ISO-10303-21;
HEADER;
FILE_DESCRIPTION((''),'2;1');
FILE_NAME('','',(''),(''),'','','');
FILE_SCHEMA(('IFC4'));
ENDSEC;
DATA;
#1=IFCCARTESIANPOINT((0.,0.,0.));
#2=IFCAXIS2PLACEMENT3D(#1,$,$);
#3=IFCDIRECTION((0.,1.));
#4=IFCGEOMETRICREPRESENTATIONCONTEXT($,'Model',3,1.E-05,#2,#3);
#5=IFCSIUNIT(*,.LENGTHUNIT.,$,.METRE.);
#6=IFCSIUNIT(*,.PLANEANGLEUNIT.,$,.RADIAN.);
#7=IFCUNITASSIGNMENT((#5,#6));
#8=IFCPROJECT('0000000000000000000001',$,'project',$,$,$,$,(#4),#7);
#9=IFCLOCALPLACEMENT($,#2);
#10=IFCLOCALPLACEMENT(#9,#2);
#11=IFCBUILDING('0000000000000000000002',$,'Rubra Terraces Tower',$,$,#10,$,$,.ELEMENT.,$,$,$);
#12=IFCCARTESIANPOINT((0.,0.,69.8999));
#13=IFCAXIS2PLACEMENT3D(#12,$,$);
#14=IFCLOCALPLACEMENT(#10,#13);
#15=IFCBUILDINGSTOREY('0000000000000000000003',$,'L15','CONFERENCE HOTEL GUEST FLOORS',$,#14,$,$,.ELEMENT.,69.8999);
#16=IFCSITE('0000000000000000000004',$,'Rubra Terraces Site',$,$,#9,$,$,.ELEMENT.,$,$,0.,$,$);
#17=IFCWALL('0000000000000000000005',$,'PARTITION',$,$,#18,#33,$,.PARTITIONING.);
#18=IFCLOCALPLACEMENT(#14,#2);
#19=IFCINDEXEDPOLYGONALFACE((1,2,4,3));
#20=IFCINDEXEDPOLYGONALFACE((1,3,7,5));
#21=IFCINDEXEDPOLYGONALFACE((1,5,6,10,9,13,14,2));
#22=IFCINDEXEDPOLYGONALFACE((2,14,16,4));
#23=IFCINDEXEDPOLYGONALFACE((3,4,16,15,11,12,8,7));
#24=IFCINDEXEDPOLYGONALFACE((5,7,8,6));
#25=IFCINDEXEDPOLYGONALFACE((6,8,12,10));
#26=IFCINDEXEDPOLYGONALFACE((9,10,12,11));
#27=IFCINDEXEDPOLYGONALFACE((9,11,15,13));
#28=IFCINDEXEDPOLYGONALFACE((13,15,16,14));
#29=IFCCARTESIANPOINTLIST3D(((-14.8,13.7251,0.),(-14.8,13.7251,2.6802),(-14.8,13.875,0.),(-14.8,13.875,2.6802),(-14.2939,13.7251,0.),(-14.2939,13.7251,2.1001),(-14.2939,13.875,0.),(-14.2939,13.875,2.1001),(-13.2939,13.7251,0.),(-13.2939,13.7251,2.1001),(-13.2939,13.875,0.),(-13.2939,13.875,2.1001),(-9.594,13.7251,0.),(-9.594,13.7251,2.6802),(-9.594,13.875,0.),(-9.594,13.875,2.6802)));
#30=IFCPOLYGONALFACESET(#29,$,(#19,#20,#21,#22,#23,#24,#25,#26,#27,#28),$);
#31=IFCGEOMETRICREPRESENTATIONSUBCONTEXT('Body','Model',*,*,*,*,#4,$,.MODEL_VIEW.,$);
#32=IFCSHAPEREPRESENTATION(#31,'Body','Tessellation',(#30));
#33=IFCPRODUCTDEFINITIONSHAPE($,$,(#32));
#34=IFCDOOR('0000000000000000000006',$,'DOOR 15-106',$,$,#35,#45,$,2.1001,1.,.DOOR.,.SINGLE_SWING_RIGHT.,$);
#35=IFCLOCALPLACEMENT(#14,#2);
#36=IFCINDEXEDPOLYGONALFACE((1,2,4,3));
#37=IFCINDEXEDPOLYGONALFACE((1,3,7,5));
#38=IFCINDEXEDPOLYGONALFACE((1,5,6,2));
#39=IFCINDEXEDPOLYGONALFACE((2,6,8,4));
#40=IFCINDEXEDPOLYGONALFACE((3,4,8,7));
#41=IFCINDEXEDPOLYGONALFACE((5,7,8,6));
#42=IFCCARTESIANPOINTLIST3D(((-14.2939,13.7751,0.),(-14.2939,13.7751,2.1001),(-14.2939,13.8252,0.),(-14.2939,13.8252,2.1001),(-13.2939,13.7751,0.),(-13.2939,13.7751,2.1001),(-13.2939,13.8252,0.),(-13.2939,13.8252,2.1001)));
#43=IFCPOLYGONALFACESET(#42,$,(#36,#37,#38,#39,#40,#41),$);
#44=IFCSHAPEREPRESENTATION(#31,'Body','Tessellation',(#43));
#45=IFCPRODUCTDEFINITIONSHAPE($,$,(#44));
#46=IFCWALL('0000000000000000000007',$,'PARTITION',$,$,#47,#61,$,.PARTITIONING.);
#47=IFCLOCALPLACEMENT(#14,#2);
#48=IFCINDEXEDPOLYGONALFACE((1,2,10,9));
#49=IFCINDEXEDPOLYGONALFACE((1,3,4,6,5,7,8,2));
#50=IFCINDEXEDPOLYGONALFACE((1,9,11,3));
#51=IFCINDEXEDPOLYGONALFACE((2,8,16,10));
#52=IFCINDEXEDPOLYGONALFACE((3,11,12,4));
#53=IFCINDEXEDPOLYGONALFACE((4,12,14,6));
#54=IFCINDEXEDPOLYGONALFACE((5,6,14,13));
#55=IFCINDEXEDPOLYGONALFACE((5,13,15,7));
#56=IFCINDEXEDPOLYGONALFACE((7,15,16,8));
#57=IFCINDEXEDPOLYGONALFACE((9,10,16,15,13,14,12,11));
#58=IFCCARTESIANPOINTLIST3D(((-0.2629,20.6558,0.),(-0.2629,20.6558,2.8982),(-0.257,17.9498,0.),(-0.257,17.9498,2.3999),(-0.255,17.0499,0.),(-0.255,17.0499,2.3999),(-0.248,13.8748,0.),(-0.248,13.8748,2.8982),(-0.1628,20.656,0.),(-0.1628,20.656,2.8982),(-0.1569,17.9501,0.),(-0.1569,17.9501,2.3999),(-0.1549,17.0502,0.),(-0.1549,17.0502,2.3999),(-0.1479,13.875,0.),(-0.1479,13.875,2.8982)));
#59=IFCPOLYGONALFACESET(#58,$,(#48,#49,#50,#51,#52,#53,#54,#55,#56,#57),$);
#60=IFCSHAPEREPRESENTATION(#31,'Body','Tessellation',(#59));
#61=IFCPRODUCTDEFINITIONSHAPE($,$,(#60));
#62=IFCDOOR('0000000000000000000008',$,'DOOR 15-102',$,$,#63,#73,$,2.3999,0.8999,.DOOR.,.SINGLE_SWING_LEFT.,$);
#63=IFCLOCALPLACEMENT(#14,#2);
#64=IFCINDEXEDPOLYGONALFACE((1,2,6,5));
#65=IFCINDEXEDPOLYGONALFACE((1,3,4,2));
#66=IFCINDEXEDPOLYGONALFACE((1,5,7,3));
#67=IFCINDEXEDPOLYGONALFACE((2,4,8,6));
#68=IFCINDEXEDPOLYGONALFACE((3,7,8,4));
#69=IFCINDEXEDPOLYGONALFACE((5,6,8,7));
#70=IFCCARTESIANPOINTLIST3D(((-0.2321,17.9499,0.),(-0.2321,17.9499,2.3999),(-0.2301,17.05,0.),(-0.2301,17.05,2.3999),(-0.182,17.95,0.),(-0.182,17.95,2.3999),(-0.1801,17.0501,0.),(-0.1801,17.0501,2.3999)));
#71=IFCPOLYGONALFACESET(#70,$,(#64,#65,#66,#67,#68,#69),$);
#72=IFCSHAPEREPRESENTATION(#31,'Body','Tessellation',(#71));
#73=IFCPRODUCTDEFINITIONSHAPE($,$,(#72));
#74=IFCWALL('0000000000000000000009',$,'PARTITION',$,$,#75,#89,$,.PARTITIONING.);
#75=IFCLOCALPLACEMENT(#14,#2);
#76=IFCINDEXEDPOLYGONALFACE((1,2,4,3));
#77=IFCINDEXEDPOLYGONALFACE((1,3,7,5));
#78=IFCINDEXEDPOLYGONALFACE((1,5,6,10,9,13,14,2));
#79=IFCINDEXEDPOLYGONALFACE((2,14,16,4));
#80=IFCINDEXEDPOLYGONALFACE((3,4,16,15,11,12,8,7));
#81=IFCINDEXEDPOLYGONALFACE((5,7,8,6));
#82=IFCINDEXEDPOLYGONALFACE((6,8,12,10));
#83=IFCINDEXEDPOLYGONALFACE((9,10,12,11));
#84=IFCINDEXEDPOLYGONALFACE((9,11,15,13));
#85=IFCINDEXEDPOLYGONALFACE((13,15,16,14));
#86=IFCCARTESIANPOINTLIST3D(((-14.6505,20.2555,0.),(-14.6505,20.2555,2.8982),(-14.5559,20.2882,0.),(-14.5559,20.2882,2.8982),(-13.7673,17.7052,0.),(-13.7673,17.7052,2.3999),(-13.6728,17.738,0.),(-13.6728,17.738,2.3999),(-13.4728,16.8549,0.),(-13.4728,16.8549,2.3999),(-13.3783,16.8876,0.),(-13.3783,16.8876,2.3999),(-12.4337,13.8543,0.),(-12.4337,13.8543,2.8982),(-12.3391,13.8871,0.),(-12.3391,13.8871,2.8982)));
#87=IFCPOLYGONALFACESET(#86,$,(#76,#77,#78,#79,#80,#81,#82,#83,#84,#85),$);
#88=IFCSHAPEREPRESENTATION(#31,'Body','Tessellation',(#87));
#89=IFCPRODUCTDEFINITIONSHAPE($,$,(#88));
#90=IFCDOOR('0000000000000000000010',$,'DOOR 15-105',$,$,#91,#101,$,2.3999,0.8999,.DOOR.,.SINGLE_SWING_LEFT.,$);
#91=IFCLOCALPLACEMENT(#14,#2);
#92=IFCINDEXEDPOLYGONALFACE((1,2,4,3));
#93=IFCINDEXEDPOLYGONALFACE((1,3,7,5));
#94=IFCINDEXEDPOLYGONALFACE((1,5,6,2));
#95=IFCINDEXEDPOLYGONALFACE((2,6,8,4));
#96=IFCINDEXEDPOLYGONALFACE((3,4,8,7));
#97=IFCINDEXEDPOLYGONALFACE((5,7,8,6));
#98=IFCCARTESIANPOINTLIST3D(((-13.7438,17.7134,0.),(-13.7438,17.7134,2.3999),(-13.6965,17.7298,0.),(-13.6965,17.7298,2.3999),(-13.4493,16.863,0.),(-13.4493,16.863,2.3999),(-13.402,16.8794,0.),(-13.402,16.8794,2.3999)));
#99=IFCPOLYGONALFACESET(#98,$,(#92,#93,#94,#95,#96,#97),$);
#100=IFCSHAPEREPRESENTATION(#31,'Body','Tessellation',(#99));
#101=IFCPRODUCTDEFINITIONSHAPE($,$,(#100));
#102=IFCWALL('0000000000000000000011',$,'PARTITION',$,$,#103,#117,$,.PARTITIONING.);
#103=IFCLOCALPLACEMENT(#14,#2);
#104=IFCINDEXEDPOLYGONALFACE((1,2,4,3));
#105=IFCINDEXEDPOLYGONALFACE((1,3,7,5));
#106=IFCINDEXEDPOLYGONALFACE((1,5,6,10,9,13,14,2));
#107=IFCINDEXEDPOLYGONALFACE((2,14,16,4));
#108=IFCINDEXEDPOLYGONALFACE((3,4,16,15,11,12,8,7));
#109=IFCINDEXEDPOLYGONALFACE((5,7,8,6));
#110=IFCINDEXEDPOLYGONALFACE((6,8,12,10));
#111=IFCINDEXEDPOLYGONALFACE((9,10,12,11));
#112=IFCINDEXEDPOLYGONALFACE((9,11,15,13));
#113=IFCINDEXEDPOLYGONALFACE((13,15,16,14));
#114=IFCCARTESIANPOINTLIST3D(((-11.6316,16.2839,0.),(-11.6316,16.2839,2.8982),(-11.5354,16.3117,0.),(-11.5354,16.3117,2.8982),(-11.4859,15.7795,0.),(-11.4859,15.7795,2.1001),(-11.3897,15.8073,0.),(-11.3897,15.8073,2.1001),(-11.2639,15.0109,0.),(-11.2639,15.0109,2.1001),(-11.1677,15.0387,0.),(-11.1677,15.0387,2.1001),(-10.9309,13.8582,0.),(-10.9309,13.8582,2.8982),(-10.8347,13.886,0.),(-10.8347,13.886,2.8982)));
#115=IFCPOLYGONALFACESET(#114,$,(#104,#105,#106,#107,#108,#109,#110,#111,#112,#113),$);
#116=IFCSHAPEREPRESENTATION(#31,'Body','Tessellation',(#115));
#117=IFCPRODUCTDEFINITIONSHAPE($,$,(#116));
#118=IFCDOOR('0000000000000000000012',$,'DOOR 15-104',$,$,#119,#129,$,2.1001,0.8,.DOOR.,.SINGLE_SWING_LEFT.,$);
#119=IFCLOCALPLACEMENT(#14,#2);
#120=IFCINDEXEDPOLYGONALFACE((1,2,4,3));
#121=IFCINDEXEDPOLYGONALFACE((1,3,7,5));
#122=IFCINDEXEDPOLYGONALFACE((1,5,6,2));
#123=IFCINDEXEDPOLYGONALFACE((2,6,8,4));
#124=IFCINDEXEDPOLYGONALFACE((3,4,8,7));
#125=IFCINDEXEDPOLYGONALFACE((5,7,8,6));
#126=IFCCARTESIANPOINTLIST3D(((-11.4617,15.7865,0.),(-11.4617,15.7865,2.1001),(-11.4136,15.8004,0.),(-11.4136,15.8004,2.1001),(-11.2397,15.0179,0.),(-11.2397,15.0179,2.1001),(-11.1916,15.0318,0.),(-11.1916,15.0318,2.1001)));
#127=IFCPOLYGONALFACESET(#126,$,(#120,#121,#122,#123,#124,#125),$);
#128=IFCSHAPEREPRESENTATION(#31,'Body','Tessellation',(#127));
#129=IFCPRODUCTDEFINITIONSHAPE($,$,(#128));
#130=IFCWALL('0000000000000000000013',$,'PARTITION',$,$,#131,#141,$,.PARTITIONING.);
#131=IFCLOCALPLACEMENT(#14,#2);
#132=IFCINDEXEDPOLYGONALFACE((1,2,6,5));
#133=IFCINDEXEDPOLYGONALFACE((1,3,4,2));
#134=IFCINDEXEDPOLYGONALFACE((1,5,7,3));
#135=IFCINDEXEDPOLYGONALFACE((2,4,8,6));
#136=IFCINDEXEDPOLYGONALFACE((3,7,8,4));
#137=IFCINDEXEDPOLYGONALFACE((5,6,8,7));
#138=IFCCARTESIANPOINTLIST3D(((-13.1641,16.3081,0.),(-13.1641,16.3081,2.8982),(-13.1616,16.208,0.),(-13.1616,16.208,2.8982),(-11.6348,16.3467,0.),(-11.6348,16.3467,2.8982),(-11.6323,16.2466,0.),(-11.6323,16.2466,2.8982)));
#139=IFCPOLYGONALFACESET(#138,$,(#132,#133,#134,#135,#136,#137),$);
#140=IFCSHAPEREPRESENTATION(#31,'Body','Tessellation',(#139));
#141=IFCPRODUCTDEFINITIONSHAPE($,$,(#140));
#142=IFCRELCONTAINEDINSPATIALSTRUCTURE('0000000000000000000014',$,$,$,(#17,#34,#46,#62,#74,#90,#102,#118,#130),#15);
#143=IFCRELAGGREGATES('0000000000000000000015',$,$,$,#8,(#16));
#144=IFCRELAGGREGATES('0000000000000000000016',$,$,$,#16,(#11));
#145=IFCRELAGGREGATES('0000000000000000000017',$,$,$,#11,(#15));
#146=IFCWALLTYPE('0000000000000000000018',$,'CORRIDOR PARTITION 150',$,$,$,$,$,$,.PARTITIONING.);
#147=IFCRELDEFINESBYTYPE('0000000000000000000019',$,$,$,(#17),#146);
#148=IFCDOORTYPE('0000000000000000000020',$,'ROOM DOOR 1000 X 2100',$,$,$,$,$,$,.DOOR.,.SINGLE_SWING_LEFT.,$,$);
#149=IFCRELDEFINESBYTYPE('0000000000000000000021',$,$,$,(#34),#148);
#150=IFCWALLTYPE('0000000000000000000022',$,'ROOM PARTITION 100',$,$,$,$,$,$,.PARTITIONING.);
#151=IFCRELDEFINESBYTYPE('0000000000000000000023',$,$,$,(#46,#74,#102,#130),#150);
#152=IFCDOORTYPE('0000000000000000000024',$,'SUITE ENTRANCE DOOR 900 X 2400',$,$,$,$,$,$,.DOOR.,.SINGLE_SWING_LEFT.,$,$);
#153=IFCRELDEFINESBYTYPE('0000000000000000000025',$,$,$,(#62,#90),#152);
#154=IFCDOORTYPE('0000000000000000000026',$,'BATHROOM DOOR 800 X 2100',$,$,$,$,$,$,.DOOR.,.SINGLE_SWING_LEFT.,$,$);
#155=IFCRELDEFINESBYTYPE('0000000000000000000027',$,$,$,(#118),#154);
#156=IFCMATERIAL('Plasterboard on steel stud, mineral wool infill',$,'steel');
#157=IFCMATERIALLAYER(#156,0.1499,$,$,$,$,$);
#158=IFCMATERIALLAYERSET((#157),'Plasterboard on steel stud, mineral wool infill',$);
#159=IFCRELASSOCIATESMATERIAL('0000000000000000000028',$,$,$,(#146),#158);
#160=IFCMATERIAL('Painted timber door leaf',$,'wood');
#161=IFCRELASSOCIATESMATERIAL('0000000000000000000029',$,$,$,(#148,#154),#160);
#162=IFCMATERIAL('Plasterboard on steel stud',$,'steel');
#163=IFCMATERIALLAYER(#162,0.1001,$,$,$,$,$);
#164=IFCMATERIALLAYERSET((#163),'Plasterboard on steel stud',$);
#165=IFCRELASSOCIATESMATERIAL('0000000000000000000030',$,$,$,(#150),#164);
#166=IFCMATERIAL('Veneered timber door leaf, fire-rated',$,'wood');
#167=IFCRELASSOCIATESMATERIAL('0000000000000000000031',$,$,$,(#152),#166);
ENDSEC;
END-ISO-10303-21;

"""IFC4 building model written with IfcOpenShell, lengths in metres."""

from ifc_helpers import new_model, si_unit, direction, frame, frame_2d, origin, place, context, subcontext, project, spatial, rectangle, extrude, material, layer, layer_set, type_object, element, fill, save


model = new_model("IFC4")

# Units and contexts
model_context = context("Model", 3, precision=1e-05, world=origin(), true_north=direction((0.0, 1.0)))
body_context = subcontext(model_context, "Body", "Model", "MODEL_VIEW")
ifc_project = project(units=[si_unit("LENGTHUNIT", "METRE"), si_unit("PLANEANGLEUNIT", "RADIAN")], contexts=[model_context])

# Site, building, storey
site_placement = place(None, origin())
site = spatial("IfcSite", under=ifc_project, at=site_placement, Name="Rubra Terraces Site", CompositionType="ELEMENT", RefElevation=0.0)
building_placement = place(site_placement, origin())
building = spatial("IfcBuilding", under=site, at=building_placement, Name="Rubra Terraces Tower", CompositionType="ELEMENT")
storey_placement = place(building_placement, frame((0.0, 0.0, 69.8999)))
storey = spatial("IfcBuildingStorey", under=building, at=storey_placement, Name="L15", Description="CONFERENCE HOTEL GUEST FLOORS", CompositionType="ELEMENT", Elevation=69.8999)

# Walls, openings, doors
ifc_material_1 = material(Name="Plasterboard on steel stud, mineral wool infill", Category="steel")
ifc_layer_1 = layer(ifc_material_1, 0.1499)
ifc_layer_set_1 = layer_set([ifc_layer_1], Name="Plasterboard on steel stud, mineral wool infill")
wall_type_1 = type_object("IfcWallType", Name="CORRIDOR PARTITION 150", PredefinedType="PARTITIONING", material=ifc_layer_set_1)
wall_1_placement = place(storey_placement, frame((-9.594, 13.8, 0.0), z_axis=(0.0, 0.0, 1.0), x_axis=(-1.0, 0.0, 0.0)))
wall_1 = element("IfcWall", 1, at=wall_1_placement, inside=storey, type_object=wall_type_1, Name="PARTITION", PredefinedType="PARTITIONING", context=body_context, shape_type="SweptSolid", body=[
    extrude(rectangle(XDim=5.2061, YDim=0.1499, at=frame_2d((2.603, 0.0))), origin(), (0.0, 0.0, 1.0), 2.6802),
])
opening_1_placement = place(wall_1_placement, frame((3.7, 0.0, 0.0)))
opening_1 = element("IfcOpeningElement", 2, at=opening_1_placement, cuts=wall_1, PredefinedType="OPENING", context=body_context, shape_type="SweptSolid", body=[
    extrude(rectangle(XDim=1.0, YDim=2.1001, at=frame_2d((0.5, 1.05))), frame((0.0, 0.085, 0.0), z_axis=(0.0, -1.0, 0.0), x_axis=(1.0, 0.0, 0.0)), (0.0, 0.0, 1.0), 0.1699),
])
ifc_material_2 = material(Name="Painted timber door leaf", Category="wood")
door_type_1 = type_object("IfcDoorType", Name="ROOM DOOR 1000 X 2100", OperationType="SINGLE_SWING_LEFT", PredefinedType="DOOR", material=ifc_material_2)
door_1_placement = place(opening_1_placement, origin())
door_1 = element("IfcDoor", 3, at=door_1_placement, inside=storey, type_object=door_type_1, Name="DOOR 15-106", OperationType="SINGLE_SWING_RIGHT", OverallHeight=2.1001, OverallWidth=1.0, PredefinedType="DOOR", context=body_context, shape_type="SweptSolid", body=[
    extrude(rectangle(XDim=1.0, YDim=2.1001, at=frame_2d((0.5, 1.05))), frame((0.0, 0.0249, 0.0), z_axis=(0.0, -1.0, 0.0), x_axis=(1.0, 0.0, 0.0)), (0.0, 0.0, 1.0), 0.05),
])
fill(opening_1, door_1)
ifc_material_3 = material(Name="Plasterboard on steel stud", Category="steel")
ifc_layer_2 = layer(ifc_material_3, 0.1001)
ifc_layer_set_2 = layer_set([ifc_layer_2], Name="Plasterboard on steel stud")
wall_type_2 = type_object("IfcWallType", Name="ROOM PARTITION 100", PredefinedType="PARTITIONING", material=ifc_layer_set_2)
wall_2_placement = place(storey_placement, frame((-0.2129, 20.656, 0.0), z_axis=(0.0, 0.0, 1.0), x_axis=(0.002196, -0.999998, 0.0)))
wall_2 = element("IfcWall", 4, at=wall_2_placement, inside=storey, type_object=wall_type_2, Name="PARTITION", PredefinedType="PARTITIONING", context=body_context, shape_type="SweptSolid", body=[
    extrude(rectangle(XDim=6.781, YDim=0.1001, at=frame_2d((3.3906, 0.0))), origin(), (0.0, 0.0, 1.0), 2.8982),
])
opening_2_placement = place(wall_2_placement, frame((2.7061, 0.0, 0.0)))
opening_2 = element("IfcOpeningElement", 5, at=opening_2_placement, cuts=wall_2, PredefinedType="OPENING", context=body_context, shape_type="SweptSolid", body=[
    extrude(rectangle(XDim=0.8999, YDim=2.3999, at=frame_2d((0.45, 1.2))), frame((0.0, 0.0601, 0.0), z_axis=(0.0, -1.0, 0.0), x_axis=(1.0, 0.0, 0.0)), (0.0, 0.0, 1.0), 0.1201),
])
ifc_material_4 = material(Name="Veneered timber door leaf, fire-rated", Category="wood")
door_type_2 = type_object("IfcDoorType", Name="SUITE ENTRANCE DOOR 900 X 2400", OperationType="SINGLE_SWING_LEFT", PredefinedType="DOOR", material=ifc_material_4)
door_2_placement = place(opening_2_placement, origin())
door_2 = element("IfcDoor", 6, at=door_2_placement, inside=storey, type_object=door_type_2, Name="DOOR 15-102", OperationType="SINGLE_SWING_LEFT", OverallHeight=2.3999, OverallWidth=0.8999, PredefinedType="DOOR", context=body_context, shape_type="SweptSolid", body=[
    extrude(rectangle(XDim=0.8999, YDim=2.3999, at=frame_2d((0.45, 1.2))), frame((0.0, 0.0249, 0.0), z_axis=(0.0, -1.0, 0.0), x_axis=(1.0, 0.0, 0.0)), (0.0, 0.0, 1.0), 0.05),
])
fill(opening_2, door_2)
wall_3_placement = place(storey_placement, frame((-14.6033, 20.272, 0.0), z_axis=(0.0, 0.0, 1.0), x_axis=(0.327245, -0.944939, 0.0)))
wall_3 = element("IfcWall", 7, at=wall_3_placement, inside=storey, type_object=wall_type_2, Name="PARTITION", PredefinedType="PARTITIONING", context=body_context, shape_type="SweptSolid", body=[
    extrude(rectangle(XDim=6.7742, YDim=0.1001, at=frame_2d((3.3872, 0.0))), origin(), (0.0, 0.0, 1.0), 2.8982),
])
opening_3_placement = place(wall_3_placement, frame((2.699, 0.0, 0.0)))
opening_3 = element("IfcOpeningElement", 8, at=opening_3_placement, cuts=wall_3, PredefinedType="OPENING", context=body_context, shape_type="SweptSolid", body=[
    extrude(rectangle(XDim=0.8999, YDim=2.3999, at=frame_2d((0.45, 1.2))), frame((0.0, 0.0601, 0.0), z_axis=(0.0, -1.0, 0.0), x_axis=(1.0, 0.0, 0.0)), (0.0, 0.0, 1.0), 0.1201),
])
door_3_placement = place(opening_3_placement, origin())
door_3 = element("IfcDoor", 9, at=door_3_placement, inside=storey, type_object=door_type_2, Name="DOOR 15-105", OperationType="SINGLE_SWING_LEFT", OverallHeight=2.3999, OverallWidth=0.8999, PredefinedType="DOOR", context=body_context, shape_type="SweptSolid", body=[
    extrude(rectangle(XDim=0.8999, YDim=2.3999, at=frame_2d((0.45, 1.2))), frame((0.0, 0.0249, 0.0), z_axis=(0.0, -1.0, 0.0), x_axis=(1.0, 0.0, 0.0)), (0.0, 0.0, 1.0), 0.05),
])
fill(opening_3, door_3)
wall_4_placement = place(storey_placement, frame((-10.8828, 13.8721, 0.0), z_axis=(0.0, 0.0, 1.0), x_axis=(-0.277504, 0.960724, 0.0)))
wall_4 = element("IfcWall", 10, at=wall_4_placement, inside=storey, type_object=wall_type_2, Name="PARTITION", PredefinedType="PARTITIONING", context=body_context, shape_type="SweptSolid", body=[
    extrude(rectangle(XDim=2.5249, YDim=0.1001, at=frame_2d((1.2625, 0.0))), origin(), (0.0, 0.0, 1.0), 2.8982),
])
opening_4_placement = place(wall_4_placement, frame((1.2, 0.0, 0.0)))
opening_4 = element("IfcOpeningElement", 11, at=opening_4_placement, cuts=wall_4, PredefinedType="OPENING", context=body_context, shape_type="SweptSolid", body=[
    extrude(rectangle(XDim=0.8, YDim=2.1001, at=frame_2d((0.3999, 1.05))), frame((0.0, 0.0601, 0.0), z_axis=(0.0, -1.0, 0.0), x_axis=(1.0, 0.0, 0.0)), (0.0, 0.0, 1.0), 0.1201),
])
door_type_3 = type_object("IfcDoorType", Name="BATHROOM DOOR 800 X 2100", OperationType="SINGLE_SWING_LEFT", PredefinedType="DOOR", material=ifc_material_2)
door_4_placement = place(opening_4_placement, origin())
door_4 = element("IfcDoor", 12, at=door_4_placement, inside=storey, type_object=door_type_3, Name="DOOR 15-104", OperationType="SINGLE_SWING_LEFT", OverallHeight=2.1001, OverallWidth=0.8, PredefinedType="DOOR", context=body_context, shape_type="SweptSolid", body=[
    extrude(rectangle(XDim=0.8, YDim=2.1001, at=frame_2d((0.3999, 1.05))), frame((0.0, 0.0249, 0.0), z_axis=(0.0, -1.0, 0.0), x_axis=(1.0, 0.0, 0.0)), (0.0, 0.0, 1.0), 0.05),
])
fill(opening_4, door_4)

# Wall
wall_5_placement = place(storey_placement, frame((-11.6335, 16.2966, 0.0), z_axis=(0.0, 0.0, 1.0), x_axis=(-0.999682, -0.025215, 0.0)))
element("IfcWall", 13, at=wall_5_placement, inside=storey, type_object=wall_type_2, Name="PARTITION", PredefinedType="PARTITIONING", context=body_context, shape_type="SweptSolid", body=[
    extrude(rectangle(XDim=1.5298, YDim=0.1001, at=frame_2d((0.7649, 0.0))), origin(), (0.0, 0.0, 1.0), 2.8982),
])

save(model, "model.ifc")
